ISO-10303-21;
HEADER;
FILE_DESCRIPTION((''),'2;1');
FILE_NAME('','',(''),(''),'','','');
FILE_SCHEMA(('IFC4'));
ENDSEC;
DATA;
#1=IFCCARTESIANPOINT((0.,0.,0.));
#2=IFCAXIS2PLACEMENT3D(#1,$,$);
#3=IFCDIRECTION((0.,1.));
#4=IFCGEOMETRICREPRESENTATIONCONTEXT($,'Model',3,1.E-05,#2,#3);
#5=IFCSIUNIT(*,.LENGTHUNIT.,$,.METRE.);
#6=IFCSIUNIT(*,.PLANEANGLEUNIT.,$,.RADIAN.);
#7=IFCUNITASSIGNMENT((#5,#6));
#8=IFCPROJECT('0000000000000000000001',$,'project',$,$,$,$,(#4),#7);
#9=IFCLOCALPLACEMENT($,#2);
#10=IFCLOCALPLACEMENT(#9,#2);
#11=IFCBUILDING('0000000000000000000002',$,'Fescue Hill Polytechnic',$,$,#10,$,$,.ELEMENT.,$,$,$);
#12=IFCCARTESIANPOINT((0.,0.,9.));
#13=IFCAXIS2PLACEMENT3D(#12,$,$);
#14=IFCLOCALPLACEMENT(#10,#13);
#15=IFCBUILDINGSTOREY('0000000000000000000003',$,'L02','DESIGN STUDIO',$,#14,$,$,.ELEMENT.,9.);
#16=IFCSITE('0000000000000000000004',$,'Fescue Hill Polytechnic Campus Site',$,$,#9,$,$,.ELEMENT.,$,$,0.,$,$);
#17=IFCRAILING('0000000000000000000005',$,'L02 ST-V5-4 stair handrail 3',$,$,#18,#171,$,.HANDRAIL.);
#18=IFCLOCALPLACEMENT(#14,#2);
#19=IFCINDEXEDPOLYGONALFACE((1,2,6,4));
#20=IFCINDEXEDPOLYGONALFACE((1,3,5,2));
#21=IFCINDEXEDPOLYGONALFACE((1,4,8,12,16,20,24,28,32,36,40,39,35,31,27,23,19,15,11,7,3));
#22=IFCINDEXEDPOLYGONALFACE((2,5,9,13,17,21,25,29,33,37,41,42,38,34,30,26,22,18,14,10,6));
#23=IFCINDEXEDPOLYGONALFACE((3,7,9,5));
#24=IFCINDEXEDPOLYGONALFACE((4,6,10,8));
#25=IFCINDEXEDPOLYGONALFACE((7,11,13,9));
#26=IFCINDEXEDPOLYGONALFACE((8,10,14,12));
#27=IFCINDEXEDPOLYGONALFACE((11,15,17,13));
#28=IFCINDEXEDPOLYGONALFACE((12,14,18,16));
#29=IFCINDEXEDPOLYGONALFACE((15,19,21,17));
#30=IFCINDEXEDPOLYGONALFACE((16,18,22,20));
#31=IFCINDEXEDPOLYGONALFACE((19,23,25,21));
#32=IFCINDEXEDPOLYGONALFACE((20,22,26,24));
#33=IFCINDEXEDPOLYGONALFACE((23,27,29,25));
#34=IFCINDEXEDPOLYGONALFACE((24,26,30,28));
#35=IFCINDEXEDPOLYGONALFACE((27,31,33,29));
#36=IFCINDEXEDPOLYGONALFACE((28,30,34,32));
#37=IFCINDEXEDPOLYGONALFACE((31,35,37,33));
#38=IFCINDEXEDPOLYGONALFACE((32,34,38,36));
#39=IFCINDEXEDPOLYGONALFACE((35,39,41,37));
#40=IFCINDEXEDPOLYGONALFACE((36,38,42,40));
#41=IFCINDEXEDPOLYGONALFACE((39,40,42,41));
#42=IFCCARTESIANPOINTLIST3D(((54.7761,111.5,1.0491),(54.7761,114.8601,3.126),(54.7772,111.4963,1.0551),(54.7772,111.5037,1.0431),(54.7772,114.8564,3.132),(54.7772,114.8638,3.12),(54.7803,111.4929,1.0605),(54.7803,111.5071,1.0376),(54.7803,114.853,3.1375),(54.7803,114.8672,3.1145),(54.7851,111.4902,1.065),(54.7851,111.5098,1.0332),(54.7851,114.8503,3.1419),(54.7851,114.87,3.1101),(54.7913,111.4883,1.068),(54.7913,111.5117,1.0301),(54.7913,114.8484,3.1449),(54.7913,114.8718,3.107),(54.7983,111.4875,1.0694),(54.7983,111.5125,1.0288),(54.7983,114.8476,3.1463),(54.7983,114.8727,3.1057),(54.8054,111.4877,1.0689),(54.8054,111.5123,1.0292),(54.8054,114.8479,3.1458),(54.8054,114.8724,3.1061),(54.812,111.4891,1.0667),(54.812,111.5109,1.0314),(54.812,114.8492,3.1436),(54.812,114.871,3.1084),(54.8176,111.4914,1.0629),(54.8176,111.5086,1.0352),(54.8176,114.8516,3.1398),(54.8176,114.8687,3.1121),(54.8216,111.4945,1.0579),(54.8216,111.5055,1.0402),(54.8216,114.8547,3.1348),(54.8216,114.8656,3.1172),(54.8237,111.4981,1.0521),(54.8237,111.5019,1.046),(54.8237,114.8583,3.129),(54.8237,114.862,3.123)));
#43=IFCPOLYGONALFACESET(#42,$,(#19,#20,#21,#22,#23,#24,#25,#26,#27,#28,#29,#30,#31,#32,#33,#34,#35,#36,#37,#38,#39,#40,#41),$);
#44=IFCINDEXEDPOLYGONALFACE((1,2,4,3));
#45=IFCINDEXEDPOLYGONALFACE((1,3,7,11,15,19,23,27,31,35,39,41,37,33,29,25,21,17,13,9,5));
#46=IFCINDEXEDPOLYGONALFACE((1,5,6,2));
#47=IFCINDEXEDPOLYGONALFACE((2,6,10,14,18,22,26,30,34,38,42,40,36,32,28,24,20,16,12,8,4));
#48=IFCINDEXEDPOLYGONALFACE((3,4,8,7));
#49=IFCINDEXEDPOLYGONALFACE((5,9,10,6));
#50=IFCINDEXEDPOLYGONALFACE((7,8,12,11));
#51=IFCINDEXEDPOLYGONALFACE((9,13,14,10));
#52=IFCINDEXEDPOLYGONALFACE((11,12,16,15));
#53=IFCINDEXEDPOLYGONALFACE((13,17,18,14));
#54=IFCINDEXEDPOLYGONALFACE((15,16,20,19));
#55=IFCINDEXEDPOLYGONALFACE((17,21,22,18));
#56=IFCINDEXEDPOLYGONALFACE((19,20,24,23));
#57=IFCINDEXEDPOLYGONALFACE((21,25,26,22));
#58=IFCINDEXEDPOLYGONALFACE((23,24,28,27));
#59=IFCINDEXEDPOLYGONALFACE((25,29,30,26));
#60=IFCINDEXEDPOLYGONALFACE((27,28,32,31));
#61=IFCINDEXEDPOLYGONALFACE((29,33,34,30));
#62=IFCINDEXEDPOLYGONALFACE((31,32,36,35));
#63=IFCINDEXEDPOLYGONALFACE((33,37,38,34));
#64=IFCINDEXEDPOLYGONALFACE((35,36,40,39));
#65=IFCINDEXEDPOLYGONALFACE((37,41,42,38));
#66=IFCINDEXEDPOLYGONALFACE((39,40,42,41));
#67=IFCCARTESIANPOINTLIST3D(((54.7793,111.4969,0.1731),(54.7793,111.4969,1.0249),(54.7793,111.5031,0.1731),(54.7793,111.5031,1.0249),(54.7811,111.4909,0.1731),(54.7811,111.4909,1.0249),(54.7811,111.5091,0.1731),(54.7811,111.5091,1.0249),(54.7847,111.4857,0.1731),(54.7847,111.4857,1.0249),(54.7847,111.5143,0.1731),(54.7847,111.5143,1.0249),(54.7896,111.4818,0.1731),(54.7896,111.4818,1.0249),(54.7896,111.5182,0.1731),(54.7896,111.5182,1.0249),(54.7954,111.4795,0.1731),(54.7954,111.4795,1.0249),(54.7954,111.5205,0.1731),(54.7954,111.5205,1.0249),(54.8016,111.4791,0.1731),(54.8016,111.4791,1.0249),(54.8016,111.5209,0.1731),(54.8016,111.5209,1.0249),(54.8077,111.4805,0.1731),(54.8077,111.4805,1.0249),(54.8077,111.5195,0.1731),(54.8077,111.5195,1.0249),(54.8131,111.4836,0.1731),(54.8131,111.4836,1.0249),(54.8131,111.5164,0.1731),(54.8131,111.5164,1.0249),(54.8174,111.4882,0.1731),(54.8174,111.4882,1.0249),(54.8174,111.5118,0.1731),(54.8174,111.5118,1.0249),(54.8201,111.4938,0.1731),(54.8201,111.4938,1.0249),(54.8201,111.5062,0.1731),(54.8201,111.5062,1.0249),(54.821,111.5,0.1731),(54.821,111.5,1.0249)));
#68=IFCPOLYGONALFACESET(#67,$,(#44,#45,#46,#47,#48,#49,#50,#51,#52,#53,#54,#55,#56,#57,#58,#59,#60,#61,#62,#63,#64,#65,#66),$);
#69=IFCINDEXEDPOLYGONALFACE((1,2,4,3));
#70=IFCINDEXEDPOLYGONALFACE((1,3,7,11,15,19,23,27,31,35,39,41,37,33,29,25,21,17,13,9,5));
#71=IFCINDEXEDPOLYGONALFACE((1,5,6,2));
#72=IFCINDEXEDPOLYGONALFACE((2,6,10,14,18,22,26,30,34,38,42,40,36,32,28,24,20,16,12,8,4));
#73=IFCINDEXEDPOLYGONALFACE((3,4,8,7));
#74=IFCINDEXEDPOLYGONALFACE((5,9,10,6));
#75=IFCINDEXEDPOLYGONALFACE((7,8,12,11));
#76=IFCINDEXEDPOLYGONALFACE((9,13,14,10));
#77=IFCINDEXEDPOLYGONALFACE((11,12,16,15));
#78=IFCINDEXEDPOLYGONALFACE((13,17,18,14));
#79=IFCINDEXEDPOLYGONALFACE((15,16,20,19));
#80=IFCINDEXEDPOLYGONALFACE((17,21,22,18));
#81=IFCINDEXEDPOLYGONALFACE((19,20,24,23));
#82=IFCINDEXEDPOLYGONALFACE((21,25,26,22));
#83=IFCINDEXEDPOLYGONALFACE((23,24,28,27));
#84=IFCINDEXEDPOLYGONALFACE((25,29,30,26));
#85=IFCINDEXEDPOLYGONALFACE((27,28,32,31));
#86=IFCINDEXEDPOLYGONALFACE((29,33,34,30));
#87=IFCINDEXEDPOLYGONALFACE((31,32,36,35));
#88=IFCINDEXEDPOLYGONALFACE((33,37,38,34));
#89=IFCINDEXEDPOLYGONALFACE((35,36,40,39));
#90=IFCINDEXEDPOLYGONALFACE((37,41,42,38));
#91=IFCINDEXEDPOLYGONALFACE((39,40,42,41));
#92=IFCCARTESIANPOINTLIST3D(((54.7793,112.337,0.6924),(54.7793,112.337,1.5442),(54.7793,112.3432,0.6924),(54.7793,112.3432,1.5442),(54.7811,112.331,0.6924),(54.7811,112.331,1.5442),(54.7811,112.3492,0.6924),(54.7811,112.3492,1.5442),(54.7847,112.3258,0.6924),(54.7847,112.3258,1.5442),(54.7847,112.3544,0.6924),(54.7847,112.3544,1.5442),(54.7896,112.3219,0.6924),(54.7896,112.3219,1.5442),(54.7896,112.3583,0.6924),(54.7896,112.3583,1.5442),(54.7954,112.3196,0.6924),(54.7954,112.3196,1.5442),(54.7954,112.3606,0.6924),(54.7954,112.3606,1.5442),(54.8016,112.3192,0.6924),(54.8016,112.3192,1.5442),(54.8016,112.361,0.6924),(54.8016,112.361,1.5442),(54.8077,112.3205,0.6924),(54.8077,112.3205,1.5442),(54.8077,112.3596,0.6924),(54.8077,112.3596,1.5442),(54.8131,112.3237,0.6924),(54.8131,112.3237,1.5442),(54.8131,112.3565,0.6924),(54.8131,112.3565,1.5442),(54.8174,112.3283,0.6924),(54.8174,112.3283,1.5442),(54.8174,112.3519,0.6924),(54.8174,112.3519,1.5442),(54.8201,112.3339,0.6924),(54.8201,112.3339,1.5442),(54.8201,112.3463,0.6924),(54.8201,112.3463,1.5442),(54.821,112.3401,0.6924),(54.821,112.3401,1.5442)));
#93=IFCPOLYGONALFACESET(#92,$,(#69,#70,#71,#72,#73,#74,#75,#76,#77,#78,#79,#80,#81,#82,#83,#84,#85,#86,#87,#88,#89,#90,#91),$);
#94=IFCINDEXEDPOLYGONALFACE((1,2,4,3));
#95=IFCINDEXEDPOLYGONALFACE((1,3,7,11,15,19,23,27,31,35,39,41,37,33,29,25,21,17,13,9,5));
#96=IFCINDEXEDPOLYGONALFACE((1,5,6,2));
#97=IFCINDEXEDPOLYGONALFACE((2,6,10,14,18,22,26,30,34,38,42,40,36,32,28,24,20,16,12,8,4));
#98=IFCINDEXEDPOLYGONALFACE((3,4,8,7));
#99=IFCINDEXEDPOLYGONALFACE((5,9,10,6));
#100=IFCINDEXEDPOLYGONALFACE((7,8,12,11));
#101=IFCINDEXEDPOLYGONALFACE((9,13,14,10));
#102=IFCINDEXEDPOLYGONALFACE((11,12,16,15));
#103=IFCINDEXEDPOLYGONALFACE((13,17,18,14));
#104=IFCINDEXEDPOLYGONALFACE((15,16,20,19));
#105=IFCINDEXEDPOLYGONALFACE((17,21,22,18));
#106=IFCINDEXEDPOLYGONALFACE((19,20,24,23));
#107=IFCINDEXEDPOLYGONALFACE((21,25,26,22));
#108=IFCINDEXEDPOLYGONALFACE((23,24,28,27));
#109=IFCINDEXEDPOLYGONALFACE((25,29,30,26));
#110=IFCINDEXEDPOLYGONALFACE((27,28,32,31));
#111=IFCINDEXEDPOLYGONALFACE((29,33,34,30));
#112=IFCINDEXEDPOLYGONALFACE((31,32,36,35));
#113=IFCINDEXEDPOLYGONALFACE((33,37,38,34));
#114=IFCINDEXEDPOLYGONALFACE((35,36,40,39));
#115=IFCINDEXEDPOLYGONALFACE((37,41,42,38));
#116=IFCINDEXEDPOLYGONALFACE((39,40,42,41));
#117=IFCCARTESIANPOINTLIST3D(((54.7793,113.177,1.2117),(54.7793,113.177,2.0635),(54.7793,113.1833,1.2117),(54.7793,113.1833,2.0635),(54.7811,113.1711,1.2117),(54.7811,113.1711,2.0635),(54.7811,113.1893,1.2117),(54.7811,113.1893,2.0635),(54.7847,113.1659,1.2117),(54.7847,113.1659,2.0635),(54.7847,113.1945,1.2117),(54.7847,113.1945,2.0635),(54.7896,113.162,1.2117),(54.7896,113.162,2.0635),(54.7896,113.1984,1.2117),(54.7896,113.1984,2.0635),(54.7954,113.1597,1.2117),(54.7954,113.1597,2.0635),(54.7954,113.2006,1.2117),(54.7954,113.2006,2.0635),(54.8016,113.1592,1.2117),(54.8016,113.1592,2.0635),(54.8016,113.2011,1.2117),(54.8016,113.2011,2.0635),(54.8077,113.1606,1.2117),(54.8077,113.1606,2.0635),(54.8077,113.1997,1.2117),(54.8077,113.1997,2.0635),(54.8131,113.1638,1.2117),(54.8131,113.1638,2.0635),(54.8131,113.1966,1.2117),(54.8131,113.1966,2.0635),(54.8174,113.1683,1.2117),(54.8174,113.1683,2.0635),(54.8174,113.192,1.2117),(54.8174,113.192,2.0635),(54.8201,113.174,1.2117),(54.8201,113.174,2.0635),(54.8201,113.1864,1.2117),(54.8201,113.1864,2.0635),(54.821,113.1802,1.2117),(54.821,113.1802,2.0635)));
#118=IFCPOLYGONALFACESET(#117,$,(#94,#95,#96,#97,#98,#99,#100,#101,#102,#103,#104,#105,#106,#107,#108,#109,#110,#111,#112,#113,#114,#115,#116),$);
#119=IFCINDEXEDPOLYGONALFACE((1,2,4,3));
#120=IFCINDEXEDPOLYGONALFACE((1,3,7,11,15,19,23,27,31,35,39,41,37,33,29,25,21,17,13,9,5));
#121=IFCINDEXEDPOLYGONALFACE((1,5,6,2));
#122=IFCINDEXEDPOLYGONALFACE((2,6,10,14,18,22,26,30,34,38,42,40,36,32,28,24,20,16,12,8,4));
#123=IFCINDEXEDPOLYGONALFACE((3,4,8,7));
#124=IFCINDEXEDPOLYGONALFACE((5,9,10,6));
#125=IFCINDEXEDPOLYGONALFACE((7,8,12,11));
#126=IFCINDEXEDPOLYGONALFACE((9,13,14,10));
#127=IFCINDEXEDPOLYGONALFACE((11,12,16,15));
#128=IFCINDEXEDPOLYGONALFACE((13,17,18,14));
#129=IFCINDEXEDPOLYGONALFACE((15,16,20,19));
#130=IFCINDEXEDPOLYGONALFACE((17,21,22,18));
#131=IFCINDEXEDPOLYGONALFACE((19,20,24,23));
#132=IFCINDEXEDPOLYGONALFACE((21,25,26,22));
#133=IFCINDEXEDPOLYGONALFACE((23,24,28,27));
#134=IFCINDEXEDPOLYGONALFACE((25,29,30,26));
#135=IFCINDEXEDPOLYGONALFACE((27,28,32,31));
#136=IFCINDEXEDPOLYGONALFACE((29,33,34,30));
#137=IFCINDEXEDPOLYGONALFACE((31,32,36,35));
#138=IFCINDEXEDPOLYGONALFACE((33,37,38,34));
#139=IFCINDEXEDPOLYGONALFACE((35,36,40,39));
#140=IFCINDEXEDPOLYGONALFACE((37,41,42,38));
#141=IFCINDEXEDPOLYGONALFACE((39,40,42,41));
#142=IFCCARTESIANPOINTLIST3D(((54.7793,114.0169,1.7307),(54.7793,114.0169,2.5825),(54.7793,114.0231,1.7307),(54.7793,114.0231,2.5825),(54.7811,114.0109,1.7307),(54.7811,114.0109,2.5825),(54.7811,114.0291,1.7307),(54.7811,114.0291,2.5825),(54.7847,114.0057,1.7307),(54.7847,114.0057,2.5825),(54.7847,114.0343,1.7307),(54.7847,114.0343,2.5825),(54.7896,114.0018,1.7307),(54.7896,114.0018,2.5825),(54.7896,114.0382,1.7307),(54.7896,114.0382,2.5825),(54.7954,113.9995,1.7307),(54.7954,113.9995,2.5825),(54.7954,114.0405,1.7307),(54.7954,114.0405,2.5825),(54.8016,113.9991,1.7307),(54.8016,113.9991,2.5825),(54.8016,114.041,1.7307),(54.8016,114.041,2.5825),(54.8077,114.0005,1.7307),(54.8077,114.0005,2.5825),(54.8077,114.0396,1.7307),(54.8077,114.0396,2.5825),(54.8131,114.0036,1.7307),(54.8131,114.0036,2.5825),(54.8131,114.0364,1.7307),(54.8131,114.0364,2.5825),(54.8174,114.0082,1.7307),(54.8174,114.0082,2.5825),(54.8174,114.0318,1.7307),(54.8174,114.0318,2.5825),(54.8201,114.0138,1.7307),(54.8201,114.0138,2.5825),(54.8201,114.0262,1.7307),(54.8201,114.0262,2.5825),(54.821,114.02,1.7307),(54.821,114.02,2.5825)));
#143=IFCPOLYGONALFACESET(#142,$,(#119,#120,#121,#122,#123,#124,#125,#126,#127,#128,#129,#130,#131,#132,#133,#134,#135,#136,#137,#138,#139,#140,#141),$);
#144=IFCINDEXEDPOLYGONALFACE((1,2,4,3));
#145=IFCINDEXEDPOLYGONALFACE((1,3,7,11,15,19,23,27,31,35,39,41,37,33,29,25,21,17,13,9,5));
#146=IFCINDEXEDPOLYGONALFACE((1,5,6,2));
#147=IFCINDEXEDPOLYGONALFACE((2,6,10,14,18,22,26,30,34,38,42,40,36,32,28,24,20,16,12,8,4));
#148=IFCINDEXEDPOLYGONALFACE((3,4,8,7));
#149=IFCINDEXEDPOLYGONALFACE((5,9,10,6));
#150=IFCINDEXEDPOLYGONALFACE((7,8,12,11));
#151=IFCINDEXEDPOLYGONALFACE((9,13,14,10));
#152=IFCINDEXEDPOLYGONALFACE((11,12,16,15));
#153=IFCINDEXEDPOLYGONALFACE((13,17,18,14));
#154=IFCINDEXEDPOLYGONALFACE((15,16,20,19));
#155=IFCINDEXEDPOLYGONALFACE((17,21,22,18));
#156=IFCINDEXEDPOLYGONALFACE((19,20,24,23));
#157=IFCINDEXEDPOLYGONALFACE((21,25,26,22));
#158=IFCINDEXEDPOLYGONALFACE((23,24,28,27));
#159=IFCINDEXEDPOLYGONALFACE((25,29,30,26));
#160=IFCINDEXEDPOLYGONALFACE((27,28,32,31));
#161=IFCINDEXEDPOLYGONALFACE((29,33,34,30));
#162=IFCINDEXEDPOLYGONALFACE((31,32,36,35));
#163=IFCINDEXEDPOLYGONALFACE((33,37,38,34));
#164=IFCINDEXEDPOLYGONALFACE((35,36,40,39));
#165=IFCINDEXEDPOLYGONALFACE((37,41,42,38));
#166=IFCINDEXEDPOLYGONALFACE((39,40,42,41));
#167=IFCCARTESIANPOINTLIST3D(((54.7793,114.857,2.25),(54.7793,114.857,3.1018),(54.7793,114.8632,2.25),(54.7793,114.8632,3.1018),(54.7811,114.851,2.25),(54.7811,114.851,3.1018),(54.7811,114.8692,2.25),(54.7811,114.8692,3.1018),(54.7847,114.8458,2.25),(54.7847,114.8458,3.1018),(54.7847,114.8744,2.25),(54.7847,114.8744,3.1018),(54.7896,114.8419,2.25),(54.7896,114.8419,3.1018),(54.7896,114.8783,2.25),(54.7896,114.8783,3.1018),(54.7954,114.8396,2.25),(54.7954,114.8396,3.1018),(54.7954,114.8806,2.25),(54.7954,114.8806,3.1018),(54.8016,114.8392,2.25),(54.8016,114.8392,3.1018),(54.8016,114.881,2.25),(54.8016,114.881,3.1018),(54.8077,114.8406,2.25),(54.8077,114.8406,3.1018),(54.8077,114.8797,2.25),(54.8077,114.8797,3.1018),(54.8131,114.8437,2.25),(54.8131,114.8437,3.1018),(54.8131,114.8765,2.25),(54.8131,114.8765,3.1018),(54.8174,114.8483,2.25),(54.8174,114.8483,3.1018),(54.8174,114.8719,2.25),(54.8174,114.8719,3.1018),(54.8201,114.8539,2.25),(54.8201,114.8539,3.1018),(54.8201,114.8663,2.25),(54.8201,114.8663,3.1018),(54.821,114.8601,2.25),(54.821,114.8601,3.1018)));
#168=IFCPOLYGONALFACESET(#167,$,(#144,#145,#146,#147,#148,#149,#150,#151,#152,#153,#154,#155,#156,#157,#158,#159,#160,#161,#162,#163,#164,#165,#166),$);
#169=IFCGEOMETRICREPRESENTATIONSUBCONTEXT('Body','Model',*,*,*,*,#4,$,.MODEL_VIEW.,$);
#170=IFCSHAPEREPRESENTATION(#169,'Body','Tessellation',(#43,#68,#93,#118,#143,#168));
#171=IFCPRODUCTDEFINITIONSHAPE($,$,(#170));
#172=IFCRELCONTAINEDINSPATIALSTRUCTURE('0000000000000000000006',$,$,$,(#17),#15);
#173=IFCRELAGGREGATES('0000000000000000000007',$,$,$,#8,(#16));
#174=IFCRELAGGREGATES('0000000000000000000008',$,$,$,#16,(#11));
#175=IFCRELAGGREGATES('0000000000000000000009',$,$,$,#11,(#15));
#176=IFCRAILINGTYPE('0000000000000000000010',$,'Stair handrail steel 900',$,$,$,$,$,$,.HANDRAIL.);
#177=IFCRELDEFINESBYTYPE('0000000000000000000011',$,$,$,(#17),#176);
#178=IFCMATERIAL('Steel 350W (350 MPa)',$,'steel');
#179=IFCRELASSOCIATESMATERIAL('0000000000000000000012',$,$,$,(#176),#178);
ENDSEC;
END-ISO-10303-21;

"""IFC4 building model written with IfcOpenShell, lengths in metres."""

from ifc_helpers import new_model, si_unit, direction, frame, origin, origin_2d, place, context, subcontext, project, spatial, circle, extrude, material, type_object, element, save


model = new_model("IFC4")

# Units and contexts
model_context = context("Model", 3, precision=1e-05, world=origin(), true_north=direction((0.0, 1.0)))
body_context = subcontext(model_context, "Body", "Model", "MODEL_VIEW")
ifc_project = project(units=[si_unit("LENGTHUNIT", "METRE"), si_unit("PLANEANGLEUNIT", "RADIAN")], contexts=[model_context])

# Site, building, storey
site_placement = place(None, origin())
site = spatial("IfcSite", under=ifc_project, at=site_placement, Name="Fescue Hill Polytechnic Campus Site", CompositionType="ELEMENT", RefElevation=0.0)
building_placement = place(site_placement, origin())
building = spatial("IfcBuilding", under=site, at=building_placement, Name="Fescue Hill Polytechnic", CompositionType="ELEMENT")
storey_placement = place(building_placement, frame((0.0, 0.0, 9.0)))
storey = spatial("IfcBuildingStorey", under=building, at=storey_placement, Name="L02", Description="DESIGN STUDIO", CompositionType="ELEMENT", Elevation=9.0)

# Railing
ifc_material_1 = material(Name="Steel 350W (350 MPa)", Category="steel")
railing_type_1 = type_object("IfcRailingType", Name="Stair handrail steel 900", PredefinedType="HANDRAIL", material=ifc_material_1)
for number, where, name in (
    (1, (54.8, 111.5, 0.1731), "L02 ST-V5-4 stair handrail 3"),
):
    element("IfcRailing", number, at=place(storey_placement, frame(where)), inside=storey, type_object=railing_type_1, Name=name, PredefinedType="HANDRAIL", context=body_context, shape_type="SweptSolid", body=[
        extrude(circle(Radius=0.0239, at=origin_2d()), frame((0.0, 0.0, 0.876), z_axis=(0.0, 0.850623, 0.525776), x_axis=(-1.0, 0.0, 0.0)), (0.0, 0.0, 1.0), 3.9502),
        extrude(circle(Radius=0.021, at=origin_2d()), origin(), (0.0, 0.0, 1.0), 0.8518),
        extrude(circle(Radius=0.021, at=origin_2d()), frame((0.0, 0.8401, 0.5193)), (0.0, 0.0, 1.0), 0.8518),
        extrude(circle(Radius=0.021, at=origin_2d()), frame((0.0, 1.6802, 1.0386)), (0.0, 0.0, 1.0), 0.8518),
        extrude(circle(Radius=0.021, at=origin_2d()), frame((0.0, 2.52, 1.5576)), (0.0, 0.0, 1.0), 0.8518),
        extrude(circle(Radius=0.021, at=origin_2d()), frame((0.0, 3.3601, 2.0769)), (0.0, 0.0, 1.0), 0.8518),
    ])

save(model, "model.ifc")
